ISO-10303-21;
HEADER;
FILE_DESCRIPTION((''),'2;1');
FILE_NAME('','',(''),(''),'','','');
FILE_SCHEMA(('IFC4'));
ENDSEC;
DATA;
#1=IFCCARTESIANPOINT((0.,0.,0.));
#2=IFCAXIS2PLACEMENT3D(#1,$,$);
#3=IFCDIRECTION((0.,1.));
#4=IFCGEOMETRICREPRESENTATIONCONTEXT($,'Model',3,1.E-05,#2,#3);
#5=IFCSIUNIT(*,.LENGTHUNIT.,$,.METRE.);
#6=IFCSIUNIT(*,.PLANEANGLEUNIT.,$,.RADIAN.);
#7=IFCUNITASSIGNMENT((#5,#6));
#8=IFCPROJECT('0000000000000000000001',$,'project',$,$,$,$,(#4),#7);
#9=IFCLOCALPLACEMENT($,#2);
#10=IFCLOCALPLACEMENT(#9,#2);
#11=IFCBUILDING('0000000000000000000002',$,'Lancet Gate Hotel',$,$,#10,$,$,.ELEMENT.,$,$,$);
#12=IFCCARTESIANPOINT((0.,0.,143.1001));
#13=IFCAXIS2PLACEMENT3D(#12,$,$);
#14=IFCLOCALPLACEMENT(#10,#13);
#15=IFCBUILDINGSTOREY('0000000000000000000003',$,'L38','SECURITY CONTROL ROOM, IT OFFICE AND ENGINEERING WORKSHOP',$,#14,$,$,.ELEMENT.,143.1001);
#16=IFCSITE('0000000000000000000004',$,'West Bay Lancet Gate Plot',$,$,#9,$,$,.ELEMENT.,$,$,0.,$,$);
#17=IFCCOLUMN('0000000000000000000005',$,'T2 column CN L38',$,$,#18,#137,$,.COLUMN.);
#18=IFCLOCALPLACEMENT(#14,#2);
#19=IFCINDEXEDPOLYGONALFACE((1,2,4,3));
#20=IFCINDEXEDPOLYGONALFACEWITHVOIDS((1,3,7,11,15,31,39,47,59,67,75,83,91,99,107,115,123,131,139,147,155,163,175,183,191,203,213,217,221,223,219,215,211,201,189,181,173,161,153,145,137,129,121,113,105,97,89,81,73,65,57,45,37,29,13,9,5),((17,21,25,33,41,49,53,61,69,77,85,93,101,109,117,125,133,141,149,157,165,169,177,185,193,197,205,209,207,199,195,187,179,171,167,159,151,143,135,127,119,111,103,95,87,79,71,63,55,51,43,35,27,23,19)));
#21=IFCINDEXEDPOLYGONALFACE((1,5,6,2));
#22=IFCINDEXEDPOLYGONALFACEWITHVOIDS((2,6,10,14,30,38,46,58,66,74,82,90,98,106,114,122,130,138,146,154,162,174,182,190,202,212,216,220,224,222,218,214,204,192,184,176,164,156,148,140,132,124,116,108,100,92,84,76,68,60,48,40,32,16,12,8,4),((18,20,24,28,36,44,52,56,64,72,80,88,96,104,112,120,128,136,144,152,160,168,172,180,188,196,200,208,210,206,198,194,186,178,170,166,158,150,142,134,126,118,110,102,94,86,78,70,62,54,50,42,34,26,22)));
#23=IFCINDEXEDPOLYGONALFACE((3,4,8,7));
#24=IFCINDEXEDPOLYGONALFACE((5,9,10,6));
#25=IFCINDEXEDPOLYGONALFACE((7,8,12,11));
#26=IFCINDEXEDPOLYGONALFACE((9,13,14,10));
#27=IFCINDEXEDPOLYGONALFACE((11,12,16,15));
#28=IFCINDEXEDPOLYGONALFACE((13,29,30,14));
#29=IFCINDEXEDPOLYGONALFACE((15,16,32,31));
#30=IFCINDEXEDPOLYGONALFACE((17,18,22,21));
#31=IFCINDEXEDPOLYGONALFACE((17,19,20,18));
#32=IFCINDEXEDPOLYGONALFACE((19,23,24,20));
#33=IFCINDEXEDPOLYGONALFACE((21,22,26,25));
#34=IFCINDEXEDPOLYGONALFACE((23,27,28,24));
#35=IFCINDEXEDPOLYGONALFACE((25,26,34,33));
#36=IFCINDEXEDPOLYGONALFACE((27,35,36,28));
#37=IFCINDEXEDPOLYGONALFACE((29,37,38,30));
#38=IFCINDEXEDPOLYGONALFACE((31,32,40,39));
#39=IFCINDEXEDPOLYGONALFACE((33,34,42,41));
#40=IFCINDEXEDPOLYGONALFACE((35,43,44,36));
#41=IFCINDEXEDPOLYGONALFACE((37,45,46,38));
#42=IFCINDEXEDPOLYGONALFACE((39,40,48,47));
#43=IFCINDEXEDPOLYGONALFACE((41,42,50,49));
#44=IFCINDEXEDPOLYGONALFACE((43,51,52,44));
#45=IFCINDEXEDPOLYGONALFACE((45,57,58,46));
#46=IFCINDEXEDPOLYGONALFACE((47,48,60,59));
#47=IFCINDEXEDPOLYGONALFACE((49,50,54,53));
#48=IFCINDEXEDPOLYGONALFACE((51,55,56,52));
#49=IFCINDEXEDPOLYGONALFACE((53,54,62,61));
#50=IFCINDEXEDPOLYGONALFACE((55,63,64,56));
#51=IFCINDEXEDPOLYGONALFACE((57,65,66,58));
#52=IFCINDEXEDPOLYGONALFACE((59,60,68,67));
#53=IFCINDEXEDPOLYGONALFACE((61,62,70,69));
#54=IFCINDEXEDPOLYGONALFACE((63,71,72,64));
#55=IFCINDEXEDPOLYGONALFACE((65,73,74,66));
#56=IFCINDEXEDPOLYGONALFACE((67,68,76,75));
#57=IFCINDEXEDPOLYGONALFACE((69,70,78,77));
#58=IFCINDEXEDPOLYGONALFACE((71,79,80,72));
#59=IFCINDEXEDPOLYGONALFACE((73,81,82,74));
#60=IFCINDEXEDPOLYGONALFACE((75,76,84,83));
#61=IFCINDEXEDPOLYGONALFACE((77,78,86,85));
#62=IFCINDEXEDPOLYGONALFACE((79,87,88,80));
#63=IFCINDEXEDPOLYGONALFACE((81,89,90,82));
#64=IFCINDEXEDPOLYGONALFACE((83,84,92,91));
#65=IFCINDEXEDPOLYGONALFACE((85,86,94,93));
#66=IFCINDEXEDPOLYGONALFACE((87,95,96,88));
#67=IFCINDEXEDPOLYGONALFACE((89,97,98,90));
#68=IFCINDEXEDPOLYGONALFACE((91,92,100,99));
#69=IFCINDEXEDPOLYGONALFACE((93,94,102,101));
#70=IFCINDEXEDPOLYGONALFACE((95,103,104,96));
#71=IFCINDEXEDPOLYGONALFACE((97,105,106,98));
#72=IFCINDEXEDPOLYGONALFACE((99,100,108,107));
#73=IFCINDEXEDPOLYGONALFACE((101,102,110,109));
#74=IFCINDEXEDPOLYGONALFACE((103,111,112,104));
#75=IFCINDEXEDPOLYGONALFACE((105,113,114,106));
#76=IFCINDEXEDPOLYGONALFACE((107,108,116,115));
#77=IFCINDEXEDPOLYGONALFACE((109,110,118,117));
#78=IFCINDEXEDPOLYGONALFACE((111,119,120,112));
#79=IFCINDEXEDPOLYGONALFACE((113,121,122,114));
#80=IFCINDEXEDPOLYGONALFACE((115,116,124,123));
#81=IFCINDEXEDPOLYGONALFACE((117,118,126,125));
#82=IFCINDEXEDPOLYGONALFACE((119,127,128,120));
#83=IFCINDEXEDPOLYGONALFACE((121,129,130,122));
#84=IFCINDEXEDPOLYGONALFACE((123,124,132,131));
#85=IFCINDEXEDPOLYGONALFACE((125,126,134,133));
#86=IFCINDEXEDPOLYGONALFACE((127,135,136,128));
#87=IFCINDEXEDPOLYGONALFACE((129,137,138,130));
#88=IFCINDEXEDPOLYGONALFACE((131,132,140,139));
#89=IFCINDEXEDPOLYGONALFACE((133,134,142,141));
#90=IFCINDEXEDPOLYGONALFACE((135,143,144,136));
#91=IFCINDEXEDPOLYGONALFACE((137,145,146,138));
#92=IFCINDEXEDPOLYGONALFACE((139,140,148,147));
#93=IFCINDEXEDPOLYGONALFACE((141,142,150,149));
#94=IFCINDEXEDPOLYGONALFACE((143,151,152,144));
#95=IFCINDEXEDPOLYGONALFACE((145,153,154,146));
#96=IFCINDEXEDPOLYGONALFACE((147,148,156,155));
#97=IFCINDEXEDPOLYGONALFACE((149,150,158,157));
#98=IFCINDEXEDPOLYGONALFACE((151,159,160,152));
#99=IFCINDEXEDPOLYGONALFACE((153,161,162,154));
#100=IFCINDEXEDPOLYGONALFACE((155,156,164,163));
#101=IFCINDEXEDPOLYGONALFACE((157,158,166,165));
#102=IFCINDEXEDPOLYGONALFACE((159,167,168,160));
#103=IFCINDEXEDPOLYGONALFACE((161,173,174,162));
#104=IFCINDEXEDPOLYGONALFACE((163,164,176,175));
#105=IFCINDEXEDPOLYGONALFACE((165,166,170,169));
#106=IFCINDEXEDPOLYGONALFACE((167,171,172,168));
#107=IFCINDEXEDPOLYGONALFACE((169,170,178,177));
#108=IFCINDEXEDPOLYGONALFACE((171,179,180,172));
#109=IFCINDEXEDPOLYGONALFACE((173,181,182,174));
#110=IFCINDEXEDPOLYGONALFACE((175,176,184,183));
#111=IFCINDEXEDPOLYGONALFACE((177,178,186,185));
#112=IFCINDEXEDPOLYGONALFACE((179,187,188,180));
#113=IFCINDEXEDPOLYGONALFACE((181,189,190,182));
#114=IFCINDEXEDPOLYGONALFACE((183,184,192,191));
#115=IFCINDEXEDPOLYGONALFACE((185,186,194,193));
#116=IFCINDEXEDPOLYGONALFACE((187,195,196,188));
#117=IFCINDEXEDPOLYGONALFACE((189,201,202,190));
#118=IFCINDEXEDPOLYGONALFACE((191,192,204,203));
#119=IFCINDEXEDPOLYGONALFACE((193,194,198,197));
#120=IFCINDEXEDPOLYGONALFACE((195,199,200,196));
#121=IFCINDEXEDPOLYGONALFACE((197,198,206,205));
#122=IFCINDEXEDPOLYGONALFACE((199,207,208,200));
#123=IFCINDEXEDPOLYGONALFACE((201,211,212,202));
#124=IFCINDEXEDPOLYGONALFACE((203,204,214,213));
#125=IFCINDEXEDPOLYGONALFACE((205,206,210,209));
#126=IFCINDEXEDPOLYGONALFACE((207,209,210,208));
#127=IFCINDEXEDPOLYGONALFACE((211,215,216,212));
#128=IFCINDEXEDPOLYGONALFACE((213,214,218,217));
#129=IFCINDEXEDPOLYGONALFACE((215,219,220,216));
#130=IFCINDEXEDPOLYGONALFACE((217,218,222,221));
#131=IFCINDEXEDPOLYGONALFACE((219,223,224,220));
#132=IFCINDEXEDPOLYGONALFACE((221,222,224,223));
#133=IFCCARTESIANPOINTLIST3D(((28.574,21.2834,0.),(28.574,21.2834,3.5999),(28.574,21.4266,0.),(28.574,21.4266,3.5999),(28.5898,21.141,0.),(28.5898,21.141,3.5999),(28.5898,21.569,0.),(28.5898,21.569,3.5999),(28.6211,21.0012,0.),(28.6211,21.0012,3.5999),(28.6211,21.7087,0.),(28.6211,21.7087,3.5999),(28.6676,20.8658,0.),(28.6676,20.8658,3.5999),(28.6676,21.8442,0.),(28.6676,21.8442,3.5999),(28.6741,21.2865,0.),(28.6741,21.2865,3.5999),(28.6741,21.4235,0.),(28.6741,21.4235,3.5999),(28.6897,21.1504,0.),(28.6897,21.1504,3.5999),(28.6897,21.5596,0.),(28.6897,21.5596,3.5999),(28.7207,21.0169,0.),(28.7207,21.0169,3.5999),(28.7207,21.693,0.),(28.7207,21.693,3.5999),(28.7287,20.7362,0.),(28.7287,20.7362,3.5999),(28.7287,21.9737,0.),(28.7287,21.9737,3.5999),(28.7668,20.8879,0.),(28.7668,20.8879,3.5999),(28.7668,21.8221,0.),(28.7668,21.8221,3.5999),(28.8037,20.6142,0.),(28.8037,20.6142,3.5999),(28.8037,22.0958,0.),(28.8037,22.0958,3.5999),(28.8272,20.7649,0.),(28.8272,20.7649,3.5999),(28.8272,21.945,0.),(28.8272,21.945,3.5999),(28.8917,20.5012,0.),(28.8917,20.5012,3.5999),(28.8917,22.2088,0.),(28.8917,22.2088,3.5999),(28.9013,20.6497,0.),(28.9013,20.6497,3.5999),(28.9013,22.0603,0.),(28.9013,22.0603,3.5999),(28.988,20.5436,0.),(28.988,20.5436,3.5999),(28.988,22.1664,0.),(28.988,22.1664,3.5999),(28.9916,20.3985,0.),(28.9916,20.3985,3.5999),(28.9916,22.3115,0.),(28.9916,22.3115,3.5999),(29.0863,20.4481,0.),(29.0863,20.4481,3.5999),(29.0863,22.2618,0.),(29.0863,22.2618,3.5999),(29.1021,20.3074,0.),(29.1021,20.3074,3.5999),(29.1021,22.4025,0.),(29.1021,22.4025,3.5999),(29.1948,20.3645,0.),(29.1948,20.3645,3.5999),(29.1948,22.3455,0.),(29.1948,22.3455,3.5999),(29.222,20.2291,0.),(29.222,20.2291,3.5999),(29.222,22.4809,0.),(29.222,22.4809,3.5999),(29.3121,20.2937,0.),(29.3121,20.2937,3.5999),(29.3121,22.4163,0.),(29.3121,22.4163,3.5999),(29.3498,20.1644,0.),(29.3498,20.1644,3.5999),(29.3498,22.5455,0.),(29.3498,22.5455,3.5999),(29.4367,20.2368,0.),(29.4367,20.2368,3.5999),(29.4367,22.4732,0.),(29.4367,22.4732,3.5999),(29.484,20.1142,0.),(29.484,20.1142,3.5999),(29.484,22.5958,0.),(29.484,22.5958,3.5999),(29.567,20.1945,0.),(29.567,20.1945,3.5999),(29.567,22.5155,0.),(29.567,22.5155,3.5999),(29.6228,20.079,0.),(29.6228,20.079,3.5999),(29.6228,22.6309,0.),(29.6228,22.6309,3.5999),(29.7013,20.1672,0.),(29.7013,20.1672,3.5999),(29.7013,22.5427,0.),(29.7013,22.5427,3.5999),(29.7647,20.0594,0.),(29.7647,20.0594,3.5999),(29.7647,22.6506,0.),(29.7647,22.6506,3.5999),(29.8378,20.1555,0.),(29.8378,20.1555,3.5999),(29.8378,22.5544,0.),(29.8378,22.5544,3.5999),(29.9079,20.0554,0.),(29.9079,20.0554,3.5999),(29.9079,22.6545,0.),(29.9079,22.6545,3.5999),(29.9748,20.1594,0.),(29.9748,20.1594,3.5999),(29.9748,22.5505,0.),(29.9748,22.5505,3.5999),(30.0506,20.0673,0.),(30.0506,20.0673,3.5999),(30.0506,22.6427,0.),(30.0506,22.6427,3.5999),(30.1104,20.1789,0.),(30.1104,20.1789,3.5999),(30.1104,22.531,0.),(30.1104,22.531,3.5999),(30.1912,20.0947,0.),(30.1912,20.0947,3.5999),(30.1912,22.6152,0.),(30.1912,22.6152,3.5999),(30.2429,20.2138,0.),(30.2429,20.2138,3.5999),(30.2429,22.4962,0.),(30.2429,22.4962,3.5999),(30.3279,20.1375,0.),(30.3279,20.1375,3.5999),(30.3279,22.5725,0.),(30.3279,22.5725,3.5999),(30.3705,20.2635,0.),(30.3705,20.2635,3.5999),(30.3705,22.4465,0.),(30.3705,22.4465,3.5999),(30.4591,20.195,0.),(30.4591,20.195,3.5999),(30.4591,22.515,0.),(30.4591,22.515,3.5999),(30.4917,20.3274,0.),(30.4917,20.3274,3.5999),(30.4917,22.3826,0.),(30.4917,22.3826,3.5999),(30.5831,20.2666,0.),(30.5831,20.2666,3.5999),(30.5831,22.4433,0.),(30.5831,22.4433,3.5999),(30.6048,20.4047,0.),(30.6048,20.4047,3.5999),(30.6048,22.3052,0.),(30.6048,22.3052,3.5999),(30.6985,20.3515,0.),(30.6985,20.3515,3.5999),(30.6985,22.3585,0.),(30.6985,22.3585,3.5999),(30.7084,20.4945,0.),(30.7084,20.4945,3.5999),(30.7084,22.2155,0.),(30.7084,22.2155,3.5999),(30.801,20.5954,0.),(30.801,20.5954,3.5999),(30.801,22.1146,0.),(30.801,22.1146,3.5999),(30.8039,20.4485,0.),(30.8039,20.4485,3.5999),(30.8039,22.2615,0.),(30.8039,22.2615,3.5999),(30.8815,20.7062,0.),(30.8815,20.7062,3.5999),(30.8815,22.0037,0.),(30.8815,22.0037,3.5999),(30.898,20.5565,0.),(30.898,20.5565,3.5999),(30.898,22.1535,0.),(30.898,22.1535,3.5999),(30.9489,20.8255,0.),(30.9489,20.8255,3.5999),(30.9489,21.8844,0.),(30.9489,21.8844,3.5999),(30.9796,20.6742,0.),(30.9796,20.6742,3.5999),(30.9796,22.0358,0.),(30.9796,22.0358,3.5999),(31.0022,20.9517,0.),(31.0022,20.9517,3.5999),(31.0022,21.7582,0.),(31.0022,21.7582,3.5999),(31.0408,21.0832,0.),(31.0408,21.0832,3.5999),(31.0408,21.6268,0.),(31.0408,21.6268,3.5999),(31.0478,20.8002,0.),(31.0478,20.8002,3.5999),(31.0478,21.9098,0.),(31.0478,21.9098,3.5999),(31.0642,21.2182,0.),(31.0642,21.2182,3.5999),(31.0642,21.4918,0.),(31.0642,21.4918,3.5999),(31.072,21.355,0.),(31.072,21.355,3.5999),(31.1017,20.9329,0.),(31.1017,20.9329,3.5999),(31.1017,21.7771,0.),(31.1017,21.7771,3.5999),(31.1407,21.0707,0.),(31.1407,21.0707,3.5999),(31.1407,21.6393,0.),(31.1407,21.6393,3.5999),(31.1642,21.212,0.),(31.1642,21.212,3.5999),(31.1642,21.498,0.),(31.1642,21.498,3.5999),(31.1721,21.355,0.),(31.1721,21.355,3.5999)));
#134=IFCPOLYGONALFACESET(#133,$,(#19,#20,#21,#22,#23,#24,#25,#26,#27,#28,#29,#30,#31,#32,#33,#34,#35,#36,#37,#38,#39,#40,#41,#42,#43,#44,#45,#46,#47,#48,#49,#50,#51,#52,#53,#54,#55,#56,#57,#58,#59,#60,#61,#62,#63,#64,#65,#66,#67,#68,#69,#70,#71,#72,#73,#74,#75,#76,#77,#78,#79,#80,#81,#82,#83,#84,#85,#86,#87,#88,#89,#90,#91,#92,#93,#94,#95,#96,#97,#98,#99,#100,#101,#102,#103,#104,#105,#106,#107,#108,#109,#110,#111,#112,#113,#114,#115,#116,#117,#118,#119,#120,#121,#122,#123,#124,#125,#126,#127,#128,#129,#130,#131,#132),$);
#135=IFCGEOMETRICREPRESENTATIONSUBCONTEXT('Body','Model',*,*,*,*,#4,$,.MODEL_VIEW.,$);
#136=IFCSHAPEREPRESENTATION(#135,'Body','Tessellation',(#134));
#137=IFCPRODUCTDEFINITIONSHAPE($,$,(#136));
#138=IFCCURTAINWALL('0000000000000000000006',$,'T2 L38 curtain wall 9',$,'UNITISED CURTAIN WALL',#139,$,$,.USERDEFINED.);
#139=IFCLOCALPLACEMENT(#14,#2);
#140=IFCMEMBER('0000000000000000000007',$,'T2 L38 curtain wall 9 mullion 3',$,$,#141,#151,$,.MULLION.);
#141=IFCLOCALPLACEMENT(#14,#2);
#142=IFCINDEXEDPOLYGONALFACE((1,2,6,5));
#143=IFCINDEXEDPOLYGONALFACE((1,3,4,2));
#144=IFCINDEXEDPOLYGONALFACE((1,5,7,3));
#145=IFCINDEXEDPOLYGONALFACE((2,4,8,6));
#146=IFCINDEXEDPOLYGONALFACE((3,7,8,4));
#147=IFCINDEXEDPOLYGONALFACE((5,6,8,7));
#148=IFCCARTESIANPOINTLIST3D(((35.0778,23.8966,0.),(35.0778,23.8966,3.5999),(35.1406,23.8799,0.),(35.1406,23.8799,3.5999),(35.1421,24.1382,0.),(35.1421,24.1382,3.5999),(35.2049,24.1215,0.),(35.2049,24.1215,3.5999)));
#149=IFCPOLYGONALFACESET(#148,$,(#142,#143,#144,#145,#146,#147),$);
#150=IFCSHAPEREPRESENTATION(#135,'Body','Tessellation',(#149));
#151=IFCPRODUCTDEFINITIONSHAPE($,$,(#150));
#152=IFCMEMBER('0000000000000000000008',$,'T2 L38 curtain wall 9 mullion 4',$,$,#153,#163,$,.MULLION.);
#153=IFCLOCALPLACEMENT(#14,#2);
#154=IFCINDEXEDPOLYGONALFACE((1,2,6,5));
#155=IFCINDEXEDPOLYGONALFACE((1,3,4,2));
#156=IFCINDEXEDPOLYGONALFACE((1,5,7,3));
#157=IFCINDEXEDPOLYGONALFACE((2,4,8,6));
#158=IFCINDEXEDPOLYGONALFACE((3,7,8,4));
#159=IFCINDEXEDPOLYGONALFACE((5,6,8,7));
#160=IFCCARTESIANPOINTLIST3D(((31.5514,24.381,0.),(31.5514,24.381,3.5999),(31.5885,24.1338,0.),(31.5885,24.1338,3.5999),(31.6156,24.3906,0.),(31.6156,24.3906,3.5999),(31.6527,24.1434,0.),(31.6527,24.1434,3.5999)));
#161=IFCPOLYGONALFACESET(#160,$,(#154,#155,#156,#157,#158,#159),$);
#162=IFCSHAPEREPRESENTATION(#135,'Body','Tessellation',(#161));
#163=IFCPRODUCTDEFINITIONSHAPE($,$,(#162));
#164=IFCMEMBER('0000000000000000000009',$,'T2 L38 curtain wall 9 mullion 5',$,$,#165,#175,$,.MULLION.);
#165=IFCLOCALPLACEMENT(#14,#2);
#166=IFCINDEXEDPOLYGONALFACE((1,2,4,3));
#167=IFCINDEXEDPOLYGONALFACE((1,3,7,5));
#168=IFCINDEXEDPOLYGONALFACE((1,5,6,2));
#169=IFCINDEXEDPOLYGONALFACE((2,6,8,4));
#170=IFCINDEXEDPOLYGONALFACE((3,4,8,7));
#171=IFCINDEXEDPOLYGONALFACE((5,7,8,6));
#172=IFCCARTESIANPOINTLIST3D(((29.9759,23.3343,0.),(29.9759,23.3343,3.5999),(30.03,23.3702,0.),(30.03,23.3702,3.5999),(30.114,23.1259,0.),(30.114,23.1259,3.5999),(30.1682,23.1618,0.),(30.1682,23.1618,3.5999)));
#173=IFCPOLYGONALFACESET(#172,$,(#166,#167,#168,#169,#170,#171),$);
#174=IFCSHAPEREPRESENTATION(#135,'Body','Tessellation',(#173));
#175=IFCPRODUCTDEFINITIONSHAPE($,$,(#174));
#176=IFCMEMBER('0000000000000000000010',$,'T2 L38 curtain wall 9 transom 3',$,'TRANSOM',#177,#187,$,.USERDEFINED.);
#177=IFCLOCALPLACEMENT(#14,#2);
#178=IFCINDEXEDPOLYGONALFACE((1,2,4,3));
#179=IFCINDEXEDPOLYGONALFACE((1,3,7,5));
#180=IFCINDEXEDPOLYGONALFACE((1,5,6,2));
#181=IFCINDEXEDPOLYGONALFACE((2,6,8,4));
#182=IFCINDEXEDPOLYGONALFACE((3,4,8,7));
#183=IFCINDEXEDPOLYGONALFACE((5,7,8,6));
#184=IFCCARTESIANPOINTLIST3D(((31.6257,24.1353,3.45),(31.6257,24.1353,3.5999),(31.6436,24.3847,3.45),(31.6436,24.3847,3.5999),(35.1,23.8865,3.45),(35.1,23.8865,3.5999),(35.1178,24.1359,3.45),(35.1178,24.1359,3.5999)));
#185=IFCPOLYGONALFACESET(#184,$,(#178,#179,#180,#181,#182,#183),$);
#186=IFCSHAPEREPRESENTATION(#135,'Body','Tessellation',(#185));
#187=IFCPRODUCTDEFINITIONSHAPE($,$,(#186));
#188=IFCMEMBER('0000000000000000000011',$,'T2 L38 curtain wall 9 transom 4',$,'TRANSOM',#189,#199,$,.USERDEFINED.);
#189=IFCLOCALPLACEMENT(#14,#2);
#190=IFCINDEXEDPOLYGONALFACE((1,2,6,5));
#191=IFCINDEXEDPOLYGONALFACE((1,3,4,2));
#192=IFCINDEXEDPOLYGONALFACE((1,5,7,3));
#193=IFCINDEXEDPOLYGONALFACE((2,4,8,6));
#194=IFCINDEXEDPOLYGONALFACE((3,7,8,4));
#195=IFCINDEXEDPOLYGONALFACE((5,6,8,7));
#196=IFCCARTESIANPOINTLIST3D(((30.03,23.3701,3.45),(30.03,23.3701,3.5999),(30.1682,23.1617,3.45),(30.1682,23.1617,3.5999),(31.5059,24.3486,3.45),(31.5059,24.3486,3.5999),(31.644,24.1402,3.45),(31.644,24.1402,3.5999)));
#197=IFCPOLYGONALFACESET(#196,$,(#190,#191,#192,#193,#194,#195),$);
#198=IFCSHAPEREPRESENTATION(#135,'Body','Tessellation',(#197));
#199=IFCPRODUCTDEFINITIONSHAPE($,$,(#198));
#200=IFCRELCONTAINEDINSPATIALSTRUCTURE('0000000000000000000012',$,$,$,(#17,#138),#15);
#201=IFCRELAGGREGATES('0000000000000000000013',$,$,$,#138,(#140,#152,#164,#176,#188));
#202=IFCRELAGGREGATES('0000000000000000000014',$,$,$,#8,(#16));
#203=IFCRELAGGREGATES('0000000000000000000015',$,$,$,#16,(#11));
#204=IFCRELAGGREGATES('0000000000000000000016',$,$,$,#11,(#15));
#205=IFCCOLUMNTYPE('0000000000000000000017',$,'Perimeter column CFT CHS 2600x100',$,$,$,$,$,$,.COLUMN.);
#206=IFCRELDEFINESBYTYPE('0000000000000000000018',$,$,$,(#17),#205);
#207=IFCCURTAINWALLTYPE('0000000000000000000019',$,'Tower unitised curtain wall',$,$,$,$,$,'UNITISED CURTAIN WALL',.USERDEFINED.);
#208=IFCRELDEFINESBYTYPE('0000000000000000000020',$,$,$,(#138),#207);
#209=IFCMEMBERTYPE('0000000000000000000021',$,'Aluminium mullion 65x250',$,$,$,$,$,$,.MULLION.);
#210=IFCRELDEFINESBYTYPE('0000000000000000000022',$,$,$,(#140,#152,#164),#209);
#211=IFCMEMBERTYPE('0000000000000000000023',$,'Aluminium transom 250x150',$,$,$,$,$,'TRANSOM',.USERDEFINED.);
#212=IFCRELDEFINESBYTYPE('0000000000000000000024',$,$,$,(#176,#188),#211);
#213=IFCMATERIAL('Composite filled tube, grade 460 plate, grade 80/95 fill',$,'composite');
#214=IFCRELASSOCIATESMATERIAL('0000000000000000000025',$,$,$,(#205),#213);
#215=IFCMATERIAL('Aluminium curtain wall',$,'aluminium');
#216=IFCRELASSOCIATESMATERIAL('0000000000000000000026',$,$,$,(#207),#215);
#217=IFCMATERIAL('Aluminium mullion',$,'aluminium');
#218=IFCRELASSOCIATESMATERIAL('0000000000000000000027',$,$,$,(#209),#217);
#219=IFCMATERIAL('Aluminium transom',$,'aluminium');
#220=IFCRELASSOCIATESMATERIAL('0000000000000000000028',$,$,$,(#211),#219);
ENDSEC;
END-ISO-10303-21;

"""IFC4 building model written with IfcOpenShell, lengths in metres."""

from ifc_helpers import new_model, si_unit, direction, frame, origin, origin_2d, place, context, subcontext, project, spatial, rectangle, hollow_circle, extrude, material, material_profile, profile_set, type_object, element, aggregate, save


model = new_model("IFC4")

# Units and contexts
model_context = context("Model", 3, precision=1e-05, world=origin(), true_north=direction((0.0, 1.0)))
body_context = subcontext(model_context, "Body", "Model", "MODEL_VIEW")
ifc_project = project(units=[si_unit("LENGTHUNIT", "METRE"), si_unit("PLANEANGLEUNIT", "RADIAN")], contexts=[model_context])

# Site, building, storey
site_placement = place(None, origin())
site = spatial("IfcSite", under=ifc_project, at=site_placement, Name="West Bay Lancet Gate Plot", CompositionType="ELEMENT", RefElevation=0.0)
building_placement = place(site_placement, origin())
building = spatial("IfcBuilding", under=site, at=building_placement, Name="Lancet Gate Hotel", CompositionType="ELEMENT")
storey_placement = place(building_placement, frame((0.0, 0.0, 143.1001)))
storey = spatial("IfcBuildingStorey", under=building, at=storey_placement, Name="L38", Description="SECURITY CONTROL ROOM, IT OFFICE AND ENGINEERING WORKSHOP", CompositionType="ELEMENT", Elevation=143.1001)

# Column
ifc_material_1 = material(Name="Composite filled tube, grade 460 plate, grade 80/95 fill", Category="composite")
ifc_material_profile_1 = material_profile(ifc_material_1, hollow_circle(Radius=1.3, WallThickness=0.1001, at=origin_2d()), Name="CHS 2600x100")
ifc_profile_set_1 = profile_set([ifc_material_profile_1], Name="Composite filled tube, grade 460 plate, grade 80/95 fill")
column_type = type_object("IfcColumnType", Name="Perimeter column CFT CHS 2600x100", PredefinedType="COLUMN", material=ifc_profile_set_1)
column_placement = place(storey_placement, frame((29.8721, 21.355, 0.0), z_axis=(0.0, 0.0, 1.0), x_axis=(1.0, 0.0, 0.0)))
element("IfcColumn", 1, at=column_placement, inside=storey, type_object=column_type, Name="T2 column CN L38", PredefinedType="COLUMN", context=body_context, shape_type="SweptSolid", body=[
    extrude(hollow_circle(Radius=1.3, WallThickness=0.1001, at=origin_2d()), origin(), (0.0, 0.0, 1.0), 3.5999),
])

# Curtain wall, members
ifc_material_2 = material(Name="Aluminium curtain wall", Category="aluminium")
curtain_wall_type = type_object("IfcCurtainWallType", Name="Tower unitised curtain wall", ElementType="UNITISED CURTAIN WALL", PredefinedType="USERDEFINED", material=ifc_material_2)
curtain_wall_placement = place(storey_placement, origin())
curtain_wall = element("IfcCurtainWall", 2, at=curtain_wall_placement, inside=storey, type_object=curtain_wall_type, Name="T2 L38 curtain wall 9", ObjectType="UNITISED CURTAIN WALL", PredefinedType="USERDEFINED")
ifc_material_3 = material(Name="Aluminium mullion", Category="aluminium")
ifc_material_profile_2 = material_profile(ifc_material_3, rectangle(XDim=0.0649, YDim=0.25, at=origin_2d()), Name="MULLION 65x250")
ifc_profile_set_2 = profile_set([ifc_material_profile_2], Name="Aluminium mullion")
member_type_1 = type_object("IfcMemberType", Name="Aluminium mullion 65x250", PredefinedType="MULLION", material=ifc_profile_set_2)
member_1_placement = place(storey_placement, frame((35.1414, 24.009, 0.0), z_axis=(0.0, 0.0, 1.0), x_axis=(-0.966317, 0.257353, 0.0)))
member_1 = element("IfcMember", 3, at=member_1_placement, type_object=member_type_1, Name="T2 L38 curtain wall 9 mullion 3", PredefinedType="MULLION", context=body_context, shape_type="SweptSolid", body=[
    extrude(rectangle(XDim=0.0649, YDim=0.25, at=origin_2d()), origin(), (0.0, 0.0, 1.0), 3.5999),
])
member_2_placement = place(storey_placement, frame((31.6021, 24.2622, 0.0), z_axis=(0.0, 0.0, 1.0), x_axis=(-0.988919, -0.148456, 0.0)))
member_2 = element("IfcMember", 4, at=member_2_placement, type_object=member_type_1, Name="T2 L38 curtain wall 9 mullion 4", PredefinedType="MULLION", context=body_context, shape_type="SweptSolid", body=[
    extrude(rectangle(XDim=0.0649, YDim=0.25, at=origin_2d()), origin(), (0.0, 0.0, 1.0), 3.5999),
])
member_3_placement = place(storey_placement, frame((30.072, 23.248, 0.0), z_axis=(0.0, 0.0, 1.0), x_axis=(-0.833465, -0.552573, 0.0)))
member_3 = element("IfcMember", 5, at=member_3_placement, type_object=member_type_1, Name="T2 L38 curtain wall 9 mullion 5", PredefinedType="MULLION", context=body_context, shape_type="SweptSolid", body=[
    extrude(rectangle(XDim=0.0649, YDim=0.25, at=origin_2d()), origin(), (0.0, 0.0, 1.0), 3.5999),
])
ifc_material_4 = material(Name="Aluminium transom", Category="aluminium")
ifc_material_profile_3 = material_profile(ifc_material_4, rectangle(XDim=0.25, YDim=0.1499, at=origin_2d()), Name="TRANSOM 250x150")
ifc_profile_set_3 = profile_set([ifc_material_profile_3], Name="Aluminium transom")
member_type_2 = type_object("IfcMemberType", Name="Aluminium transom 250x150", ElementType="TRANSOM", PredefinedType="USERDEFINED", material=ifc_profile_set_3)
member_4_placement = place(storey_placement, frame((35.1089, 24.0112, 3.5249), z_axis=(-0.997446, 0.071421, 0.0), x_axis=(-0.071421, -0.997446, 0.0)))
member_4 = element("IfcMember", 6, at=member_4_placement, type_object=member_type_2, Name="T2 L38 curtain wall 9 transom 3", ObjectType="TRANSOM", PredefinedType="USERDEFINED", context=body_context, shape_type="SweptSolid", body=[
    extrude(rectangle(XDim=0.25, YDim=0.1499, at=origin_2d()), origin(), (0.0, 0.0, 1.0), 3.4832),
])
member_5_placement = place(storey_placement, frame((31.575, 24.2444, 3.5249), z_axis=(-0.833448, -0.552599, 0.0), x_axis=(0.552599, -0.833448, 0.0)))
member_5 = element("IfcMember", 7, at=member_5_placement, type_object=member_type_2, Name="T2 L38 curtain wall 9 transom 4", ObjectType="TRANSOM", PredefinedType="USERDEFINED", context=body_context, shape_type="SweptSolid", body=[
    extrude(rectangle(XDim=0.25, YDim=0.1499, at=origin_2d()), origin(), (0.0, 0.0, 1.0), 1.7708),
])

aggregate(curtain_wall, [member_1, member_2, member_3, member_4, member_5])

save(model, "model.ifc")
